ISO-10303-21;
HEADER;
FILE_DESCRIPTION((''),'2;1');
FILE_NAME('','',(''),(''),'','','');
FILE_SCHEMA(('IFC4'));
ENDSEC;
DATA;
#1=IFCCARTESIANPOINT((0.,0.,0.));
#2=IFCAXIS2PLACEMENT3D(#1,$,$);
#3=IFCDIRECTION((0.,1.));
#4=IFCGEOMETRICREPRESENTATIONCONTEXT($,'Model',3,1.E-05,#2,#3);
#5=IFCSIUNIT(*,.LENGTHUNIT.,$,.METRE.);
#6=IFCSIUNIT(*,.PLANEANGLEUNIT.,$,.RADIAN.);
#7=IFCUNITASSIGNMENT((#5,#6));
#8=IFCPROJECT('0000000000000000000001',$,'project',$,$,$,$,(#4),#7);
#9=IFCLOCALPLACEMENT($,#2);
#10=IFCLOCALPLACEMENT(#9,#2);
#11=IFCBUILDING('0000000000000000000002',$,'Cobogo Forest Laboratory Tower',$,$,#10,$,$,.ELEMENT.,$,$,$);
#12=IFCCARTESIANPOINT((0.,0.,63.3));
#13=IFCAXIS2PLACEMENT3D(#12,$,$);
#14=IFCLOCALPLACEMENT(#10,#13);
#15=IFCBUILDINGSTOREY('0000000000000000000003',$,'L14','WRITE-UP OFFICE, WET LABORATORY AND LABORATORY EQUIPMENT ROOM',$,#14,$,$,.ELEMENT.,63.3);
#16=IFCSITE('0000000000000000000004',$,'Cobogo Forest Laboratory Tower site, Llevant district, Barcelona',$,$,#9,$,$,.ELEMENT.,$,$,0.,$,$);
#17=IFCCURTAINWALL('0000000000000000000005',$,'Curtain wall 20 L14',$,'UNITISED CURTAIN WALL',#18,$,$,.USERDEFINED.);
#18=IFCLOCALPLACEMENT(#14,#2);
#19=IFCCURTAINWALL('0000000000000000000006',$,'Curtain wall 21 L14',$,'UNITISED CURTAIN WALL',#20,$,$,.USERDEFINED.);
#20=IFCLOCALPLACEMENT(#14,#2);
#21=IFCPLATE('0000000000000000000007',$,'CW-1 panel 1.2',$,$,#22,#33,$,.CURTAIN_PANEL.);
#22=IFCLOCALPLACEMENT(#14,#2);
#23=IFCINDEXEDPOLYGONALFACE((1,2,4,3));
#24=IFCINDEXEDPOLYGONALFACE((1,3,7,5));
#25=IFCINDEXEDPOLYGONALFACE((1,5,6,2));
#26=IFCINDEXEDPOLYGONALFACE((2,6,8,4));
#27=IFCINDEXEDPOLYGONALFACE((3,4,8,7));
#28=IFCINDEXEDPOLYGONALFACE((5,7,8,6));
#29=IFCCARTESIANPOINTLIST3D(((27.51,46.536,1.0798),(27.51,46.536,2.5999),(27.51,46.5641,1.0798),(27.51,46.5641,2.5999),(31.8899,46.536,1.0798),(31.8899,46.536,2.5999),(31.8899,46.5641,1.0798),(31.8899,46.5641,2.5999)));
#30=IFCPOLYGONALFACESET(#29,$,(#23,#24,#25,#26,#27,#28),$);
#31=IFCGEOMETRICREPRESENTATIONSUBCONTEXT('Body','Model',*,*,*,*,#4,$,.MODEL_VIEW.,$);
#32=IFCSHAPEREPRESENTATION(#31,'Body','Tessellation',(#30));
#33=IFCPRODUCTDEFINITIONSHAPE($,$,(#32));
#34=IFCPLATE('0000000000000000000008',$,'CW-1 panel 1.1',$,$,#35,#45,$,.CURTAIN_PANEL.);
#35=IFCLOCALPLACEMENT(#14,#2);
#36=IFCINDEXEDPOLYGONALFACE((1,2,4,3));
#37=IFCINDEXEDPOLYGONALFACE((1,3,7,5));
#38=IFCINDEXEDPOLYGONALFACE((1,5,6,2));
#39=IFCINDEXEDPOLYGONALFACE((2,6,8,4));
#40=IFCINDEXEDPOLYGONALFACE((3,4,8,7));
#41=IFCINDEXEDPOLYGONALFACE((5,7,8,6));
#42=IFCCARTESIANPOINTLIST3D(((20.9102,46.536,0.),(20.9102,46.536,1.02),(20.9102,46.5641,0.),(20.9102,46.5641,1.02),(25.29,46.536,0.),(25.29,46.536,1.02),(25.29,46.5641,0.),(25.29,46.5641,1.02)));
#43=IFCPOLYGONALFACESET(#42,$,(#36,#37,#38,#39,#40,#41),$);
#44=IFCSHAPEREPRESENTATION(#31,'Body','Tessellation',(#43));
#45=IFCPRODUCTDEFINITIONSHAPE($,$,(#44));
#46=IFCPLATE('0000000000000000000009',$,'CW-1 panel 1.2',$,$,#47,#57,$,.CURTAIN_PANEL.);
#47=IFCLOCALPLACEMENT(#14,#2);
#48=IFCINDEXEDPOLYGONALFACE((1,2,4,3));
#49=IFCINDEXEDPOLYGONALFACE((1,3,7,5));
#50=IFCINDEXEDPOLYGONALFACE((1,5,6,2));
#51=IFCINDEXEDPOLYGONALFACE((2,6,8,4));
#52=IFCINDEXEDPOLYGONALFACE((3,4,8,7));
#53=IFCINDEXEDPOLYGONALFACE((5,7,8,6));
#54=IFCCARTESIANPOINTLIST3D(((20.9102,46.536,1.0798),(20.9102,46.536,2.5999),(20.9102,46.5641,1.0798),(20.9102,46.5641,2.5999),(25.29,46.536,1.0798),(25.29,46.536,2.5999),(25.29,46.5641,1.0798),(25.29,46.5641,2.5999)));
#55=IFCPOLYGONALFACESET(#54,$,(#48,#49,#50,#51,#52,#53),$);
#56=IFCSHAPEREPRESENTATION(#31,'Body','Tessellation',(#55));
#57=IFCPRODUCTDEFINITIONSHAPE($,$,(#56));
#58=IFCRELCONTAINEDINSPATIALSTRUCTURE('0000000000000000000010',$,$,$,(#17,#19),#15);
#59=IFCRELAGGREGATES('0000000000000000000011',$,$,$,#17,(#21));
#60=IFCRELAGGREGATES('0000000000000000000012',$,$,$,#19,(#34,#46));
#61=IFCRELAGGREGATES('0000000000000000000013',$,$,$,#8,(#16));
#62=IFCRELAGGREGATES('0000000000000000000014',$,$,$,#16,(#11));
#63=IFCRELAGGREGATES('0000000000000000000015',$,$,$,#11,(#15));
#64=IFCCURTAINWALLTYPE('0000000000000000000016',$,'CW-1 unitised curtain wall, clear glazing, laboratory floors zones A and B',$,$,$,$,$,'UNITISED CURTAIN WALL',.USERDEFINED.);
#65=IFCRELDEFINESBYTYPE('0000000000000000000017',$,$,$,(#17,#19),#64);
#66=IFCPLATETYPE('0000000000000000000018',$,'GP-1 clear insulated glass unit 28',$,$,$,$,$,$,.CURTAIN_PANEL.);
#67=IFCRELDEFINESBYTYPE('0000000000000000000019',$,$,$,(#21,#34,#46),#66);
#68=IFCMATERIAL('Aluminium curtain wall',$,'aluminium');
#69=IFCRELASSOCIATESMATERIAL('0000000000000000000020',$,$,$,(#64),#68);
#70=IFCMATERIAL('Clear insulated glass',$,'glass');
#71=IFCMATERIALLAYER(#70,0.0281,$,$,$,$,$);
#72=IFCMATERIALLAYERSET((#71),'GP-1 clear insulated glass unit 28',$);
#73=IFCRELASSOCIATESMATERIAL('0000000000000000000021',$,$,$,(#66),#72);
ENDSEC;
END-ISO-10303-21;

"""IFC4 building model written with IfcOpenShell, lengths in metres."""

from ifc_helpers import new_model, si_unit, direction, frame, origin, origin_2d, place, context, subcontext, project, spatial, rectangle, extrude, material, layer, layer_set, type_object, element, aggregate, save


model = new_model("IFC4")

# Units and contexts
model_context = context("Model", 3, precision=1e-05, world=origin(), true_north=direction((0.0, 1.0)))
body_context = subcontext(model_context, "Body", "Model", "MODEL_VIEW")
ifc_project = project(units=[si_unit("LENGTHUNIT", "METRE"), si_unit("PLANEANGLEUNIT", "RADIAN")], contexts=[model_context])

# Site, building, storey
site_placement = place(None, origin())
site = spatial("IfcSite", under=ifc_project, at=site_placement, Name="Cobogo Forest Laboratory Tower site, Llevant district, Barcelona", CompositionType="ELEMENT", RefElevation=0.0)
building_placement = place(site_placement, origin())
building = spatial("IfcBuilding", under=site, at=building_placement, Name="Cobogo Forest Laboratory Tower", CompositionType="ELEMENT")
storey_placement = place(building_placement, frame((0.0, 0.0, 63.3)))
storey = spatial("IfcBuildingStorey", under=building, at=storey_placement, Name="L14", Description="WRITE-UP OFFICE, WET LABORATORY AND LABORATORY EQUIPMENT ROOM", CompositionType="ELEMENT", Elevation=63.3)

# Curtain walls
ifc_material_1 = material(Name="Aluminium curtain wall", Category="aluminium")
curtain_wall_type = type_object("IfcCurtainWallType", Name="CW-1 unitised curtain wall, clear glazing, laboratory floors zones A and B", ElementType="UNITISED CURTAIN WALL", PredefinedType="USERDEFINED", material=ifc_material_1)
curtain_wall_1_placement = place(storey_placement, origin())
curtain_wall_1 = element("IfcCurtainWall", 1, at=curtain_wall_1_placement, inside=storey, type_object=curtain_wall_type, Name="Curtain wall 20 L14", ObjectType="UNITISED CURTAIN WALL", PredefinedType="USERDEFINED")
curtain_wall_2_placement = place(storey_placement, origin())
curtain_wall_2 = element("IfcCurtainWall", 2, at=curtain_wall_2_placement, inside=storey, type_object=curtain_wall_type, Name="Curtain wall 21 L14", ObjectType="UNITISED CURTAIN WALL", PredefinedType="USERDEFINED")

# Plates
ifc_material_2 = material(Name="Clear insulated glass", Category="glass")
ifc_layer = layer(ifc_material_2, 0.0281)
ifc_layer_set = layer_set([ifc_layer], Name="GP-1 clear insulated glass unit 28")
plate_type_1 = type_object("IfcPlateType", Name="GP-1 clear insulated glass unit 28", PredefinedType="CURTAIN_PANEL", material=ifc_layer_set)
plate_1_placement = place(storey_placement, frame((29.7, 46.55, 1.0798), z_axis=(0.0, 0.0, 1.0), x_axis=(-1.0, 0.0, 0.0)))
plate_1 = element("IfcPlate", 3, at=plate_1_placement, type_object=plate_type_1, Name="CW-1 panel 1.2", PredefinedType="CURTAIN_PANEL", context=body_context, shape_type="SweptSolid", body=[
    extrude(rectangle(XDim=4.3799, YDim=0.0281, at=origin_2d()), origin(), (0.0, 0.0, 1.0), 1.52),
])
aggregate(curtain_wall_1, [plate_1])
plate_2_placement = place(storey_placement, frame((23.1001, 46.55, 0.0), z_axis=(0.0, 0.0, 1.0), x_axis=(-1.0, 0.0, 0.0)))
plate_2 = element("IfcPlate", 4, at=plate_2_placement, type_object=plate_type_1, Name="CW-1 panel 1.1", PredefinedType="CURTAIN_PANEL", context=body_context, shape_type="SweptSolid", body=[
    extrude(rectangle(XDim=4.3799, YDim=0.0281, at=origin_2d()), origin(), (0.0, 0.0, 1.0), 1.02),
])
plate_3_placement = place(storey_placement, frame((23.1001, 46.55, 1.0798), z_axis=(0.0, 0.0, 1.0), x_axis=(-1.0, 0.0, 0.0)))
plate_3 = element("IfcPlate", 5, at=plate_3_placement, type_object=plate_type_1, Name="CW-1 panel 1.2", PredefinedType="CURTAIN_PANEL", context=body_context, shape_type="SweptSolid", body=[
    extrude(rectangle(XDim=4.3799, YDim=0.0281, at=origin_2d()), origin(), (0.0, 0.0, 1.0), 1.52),
])
aggregate(curtain_wall_2, [plate_2, plate_3])

save(model, "model.ifc")
